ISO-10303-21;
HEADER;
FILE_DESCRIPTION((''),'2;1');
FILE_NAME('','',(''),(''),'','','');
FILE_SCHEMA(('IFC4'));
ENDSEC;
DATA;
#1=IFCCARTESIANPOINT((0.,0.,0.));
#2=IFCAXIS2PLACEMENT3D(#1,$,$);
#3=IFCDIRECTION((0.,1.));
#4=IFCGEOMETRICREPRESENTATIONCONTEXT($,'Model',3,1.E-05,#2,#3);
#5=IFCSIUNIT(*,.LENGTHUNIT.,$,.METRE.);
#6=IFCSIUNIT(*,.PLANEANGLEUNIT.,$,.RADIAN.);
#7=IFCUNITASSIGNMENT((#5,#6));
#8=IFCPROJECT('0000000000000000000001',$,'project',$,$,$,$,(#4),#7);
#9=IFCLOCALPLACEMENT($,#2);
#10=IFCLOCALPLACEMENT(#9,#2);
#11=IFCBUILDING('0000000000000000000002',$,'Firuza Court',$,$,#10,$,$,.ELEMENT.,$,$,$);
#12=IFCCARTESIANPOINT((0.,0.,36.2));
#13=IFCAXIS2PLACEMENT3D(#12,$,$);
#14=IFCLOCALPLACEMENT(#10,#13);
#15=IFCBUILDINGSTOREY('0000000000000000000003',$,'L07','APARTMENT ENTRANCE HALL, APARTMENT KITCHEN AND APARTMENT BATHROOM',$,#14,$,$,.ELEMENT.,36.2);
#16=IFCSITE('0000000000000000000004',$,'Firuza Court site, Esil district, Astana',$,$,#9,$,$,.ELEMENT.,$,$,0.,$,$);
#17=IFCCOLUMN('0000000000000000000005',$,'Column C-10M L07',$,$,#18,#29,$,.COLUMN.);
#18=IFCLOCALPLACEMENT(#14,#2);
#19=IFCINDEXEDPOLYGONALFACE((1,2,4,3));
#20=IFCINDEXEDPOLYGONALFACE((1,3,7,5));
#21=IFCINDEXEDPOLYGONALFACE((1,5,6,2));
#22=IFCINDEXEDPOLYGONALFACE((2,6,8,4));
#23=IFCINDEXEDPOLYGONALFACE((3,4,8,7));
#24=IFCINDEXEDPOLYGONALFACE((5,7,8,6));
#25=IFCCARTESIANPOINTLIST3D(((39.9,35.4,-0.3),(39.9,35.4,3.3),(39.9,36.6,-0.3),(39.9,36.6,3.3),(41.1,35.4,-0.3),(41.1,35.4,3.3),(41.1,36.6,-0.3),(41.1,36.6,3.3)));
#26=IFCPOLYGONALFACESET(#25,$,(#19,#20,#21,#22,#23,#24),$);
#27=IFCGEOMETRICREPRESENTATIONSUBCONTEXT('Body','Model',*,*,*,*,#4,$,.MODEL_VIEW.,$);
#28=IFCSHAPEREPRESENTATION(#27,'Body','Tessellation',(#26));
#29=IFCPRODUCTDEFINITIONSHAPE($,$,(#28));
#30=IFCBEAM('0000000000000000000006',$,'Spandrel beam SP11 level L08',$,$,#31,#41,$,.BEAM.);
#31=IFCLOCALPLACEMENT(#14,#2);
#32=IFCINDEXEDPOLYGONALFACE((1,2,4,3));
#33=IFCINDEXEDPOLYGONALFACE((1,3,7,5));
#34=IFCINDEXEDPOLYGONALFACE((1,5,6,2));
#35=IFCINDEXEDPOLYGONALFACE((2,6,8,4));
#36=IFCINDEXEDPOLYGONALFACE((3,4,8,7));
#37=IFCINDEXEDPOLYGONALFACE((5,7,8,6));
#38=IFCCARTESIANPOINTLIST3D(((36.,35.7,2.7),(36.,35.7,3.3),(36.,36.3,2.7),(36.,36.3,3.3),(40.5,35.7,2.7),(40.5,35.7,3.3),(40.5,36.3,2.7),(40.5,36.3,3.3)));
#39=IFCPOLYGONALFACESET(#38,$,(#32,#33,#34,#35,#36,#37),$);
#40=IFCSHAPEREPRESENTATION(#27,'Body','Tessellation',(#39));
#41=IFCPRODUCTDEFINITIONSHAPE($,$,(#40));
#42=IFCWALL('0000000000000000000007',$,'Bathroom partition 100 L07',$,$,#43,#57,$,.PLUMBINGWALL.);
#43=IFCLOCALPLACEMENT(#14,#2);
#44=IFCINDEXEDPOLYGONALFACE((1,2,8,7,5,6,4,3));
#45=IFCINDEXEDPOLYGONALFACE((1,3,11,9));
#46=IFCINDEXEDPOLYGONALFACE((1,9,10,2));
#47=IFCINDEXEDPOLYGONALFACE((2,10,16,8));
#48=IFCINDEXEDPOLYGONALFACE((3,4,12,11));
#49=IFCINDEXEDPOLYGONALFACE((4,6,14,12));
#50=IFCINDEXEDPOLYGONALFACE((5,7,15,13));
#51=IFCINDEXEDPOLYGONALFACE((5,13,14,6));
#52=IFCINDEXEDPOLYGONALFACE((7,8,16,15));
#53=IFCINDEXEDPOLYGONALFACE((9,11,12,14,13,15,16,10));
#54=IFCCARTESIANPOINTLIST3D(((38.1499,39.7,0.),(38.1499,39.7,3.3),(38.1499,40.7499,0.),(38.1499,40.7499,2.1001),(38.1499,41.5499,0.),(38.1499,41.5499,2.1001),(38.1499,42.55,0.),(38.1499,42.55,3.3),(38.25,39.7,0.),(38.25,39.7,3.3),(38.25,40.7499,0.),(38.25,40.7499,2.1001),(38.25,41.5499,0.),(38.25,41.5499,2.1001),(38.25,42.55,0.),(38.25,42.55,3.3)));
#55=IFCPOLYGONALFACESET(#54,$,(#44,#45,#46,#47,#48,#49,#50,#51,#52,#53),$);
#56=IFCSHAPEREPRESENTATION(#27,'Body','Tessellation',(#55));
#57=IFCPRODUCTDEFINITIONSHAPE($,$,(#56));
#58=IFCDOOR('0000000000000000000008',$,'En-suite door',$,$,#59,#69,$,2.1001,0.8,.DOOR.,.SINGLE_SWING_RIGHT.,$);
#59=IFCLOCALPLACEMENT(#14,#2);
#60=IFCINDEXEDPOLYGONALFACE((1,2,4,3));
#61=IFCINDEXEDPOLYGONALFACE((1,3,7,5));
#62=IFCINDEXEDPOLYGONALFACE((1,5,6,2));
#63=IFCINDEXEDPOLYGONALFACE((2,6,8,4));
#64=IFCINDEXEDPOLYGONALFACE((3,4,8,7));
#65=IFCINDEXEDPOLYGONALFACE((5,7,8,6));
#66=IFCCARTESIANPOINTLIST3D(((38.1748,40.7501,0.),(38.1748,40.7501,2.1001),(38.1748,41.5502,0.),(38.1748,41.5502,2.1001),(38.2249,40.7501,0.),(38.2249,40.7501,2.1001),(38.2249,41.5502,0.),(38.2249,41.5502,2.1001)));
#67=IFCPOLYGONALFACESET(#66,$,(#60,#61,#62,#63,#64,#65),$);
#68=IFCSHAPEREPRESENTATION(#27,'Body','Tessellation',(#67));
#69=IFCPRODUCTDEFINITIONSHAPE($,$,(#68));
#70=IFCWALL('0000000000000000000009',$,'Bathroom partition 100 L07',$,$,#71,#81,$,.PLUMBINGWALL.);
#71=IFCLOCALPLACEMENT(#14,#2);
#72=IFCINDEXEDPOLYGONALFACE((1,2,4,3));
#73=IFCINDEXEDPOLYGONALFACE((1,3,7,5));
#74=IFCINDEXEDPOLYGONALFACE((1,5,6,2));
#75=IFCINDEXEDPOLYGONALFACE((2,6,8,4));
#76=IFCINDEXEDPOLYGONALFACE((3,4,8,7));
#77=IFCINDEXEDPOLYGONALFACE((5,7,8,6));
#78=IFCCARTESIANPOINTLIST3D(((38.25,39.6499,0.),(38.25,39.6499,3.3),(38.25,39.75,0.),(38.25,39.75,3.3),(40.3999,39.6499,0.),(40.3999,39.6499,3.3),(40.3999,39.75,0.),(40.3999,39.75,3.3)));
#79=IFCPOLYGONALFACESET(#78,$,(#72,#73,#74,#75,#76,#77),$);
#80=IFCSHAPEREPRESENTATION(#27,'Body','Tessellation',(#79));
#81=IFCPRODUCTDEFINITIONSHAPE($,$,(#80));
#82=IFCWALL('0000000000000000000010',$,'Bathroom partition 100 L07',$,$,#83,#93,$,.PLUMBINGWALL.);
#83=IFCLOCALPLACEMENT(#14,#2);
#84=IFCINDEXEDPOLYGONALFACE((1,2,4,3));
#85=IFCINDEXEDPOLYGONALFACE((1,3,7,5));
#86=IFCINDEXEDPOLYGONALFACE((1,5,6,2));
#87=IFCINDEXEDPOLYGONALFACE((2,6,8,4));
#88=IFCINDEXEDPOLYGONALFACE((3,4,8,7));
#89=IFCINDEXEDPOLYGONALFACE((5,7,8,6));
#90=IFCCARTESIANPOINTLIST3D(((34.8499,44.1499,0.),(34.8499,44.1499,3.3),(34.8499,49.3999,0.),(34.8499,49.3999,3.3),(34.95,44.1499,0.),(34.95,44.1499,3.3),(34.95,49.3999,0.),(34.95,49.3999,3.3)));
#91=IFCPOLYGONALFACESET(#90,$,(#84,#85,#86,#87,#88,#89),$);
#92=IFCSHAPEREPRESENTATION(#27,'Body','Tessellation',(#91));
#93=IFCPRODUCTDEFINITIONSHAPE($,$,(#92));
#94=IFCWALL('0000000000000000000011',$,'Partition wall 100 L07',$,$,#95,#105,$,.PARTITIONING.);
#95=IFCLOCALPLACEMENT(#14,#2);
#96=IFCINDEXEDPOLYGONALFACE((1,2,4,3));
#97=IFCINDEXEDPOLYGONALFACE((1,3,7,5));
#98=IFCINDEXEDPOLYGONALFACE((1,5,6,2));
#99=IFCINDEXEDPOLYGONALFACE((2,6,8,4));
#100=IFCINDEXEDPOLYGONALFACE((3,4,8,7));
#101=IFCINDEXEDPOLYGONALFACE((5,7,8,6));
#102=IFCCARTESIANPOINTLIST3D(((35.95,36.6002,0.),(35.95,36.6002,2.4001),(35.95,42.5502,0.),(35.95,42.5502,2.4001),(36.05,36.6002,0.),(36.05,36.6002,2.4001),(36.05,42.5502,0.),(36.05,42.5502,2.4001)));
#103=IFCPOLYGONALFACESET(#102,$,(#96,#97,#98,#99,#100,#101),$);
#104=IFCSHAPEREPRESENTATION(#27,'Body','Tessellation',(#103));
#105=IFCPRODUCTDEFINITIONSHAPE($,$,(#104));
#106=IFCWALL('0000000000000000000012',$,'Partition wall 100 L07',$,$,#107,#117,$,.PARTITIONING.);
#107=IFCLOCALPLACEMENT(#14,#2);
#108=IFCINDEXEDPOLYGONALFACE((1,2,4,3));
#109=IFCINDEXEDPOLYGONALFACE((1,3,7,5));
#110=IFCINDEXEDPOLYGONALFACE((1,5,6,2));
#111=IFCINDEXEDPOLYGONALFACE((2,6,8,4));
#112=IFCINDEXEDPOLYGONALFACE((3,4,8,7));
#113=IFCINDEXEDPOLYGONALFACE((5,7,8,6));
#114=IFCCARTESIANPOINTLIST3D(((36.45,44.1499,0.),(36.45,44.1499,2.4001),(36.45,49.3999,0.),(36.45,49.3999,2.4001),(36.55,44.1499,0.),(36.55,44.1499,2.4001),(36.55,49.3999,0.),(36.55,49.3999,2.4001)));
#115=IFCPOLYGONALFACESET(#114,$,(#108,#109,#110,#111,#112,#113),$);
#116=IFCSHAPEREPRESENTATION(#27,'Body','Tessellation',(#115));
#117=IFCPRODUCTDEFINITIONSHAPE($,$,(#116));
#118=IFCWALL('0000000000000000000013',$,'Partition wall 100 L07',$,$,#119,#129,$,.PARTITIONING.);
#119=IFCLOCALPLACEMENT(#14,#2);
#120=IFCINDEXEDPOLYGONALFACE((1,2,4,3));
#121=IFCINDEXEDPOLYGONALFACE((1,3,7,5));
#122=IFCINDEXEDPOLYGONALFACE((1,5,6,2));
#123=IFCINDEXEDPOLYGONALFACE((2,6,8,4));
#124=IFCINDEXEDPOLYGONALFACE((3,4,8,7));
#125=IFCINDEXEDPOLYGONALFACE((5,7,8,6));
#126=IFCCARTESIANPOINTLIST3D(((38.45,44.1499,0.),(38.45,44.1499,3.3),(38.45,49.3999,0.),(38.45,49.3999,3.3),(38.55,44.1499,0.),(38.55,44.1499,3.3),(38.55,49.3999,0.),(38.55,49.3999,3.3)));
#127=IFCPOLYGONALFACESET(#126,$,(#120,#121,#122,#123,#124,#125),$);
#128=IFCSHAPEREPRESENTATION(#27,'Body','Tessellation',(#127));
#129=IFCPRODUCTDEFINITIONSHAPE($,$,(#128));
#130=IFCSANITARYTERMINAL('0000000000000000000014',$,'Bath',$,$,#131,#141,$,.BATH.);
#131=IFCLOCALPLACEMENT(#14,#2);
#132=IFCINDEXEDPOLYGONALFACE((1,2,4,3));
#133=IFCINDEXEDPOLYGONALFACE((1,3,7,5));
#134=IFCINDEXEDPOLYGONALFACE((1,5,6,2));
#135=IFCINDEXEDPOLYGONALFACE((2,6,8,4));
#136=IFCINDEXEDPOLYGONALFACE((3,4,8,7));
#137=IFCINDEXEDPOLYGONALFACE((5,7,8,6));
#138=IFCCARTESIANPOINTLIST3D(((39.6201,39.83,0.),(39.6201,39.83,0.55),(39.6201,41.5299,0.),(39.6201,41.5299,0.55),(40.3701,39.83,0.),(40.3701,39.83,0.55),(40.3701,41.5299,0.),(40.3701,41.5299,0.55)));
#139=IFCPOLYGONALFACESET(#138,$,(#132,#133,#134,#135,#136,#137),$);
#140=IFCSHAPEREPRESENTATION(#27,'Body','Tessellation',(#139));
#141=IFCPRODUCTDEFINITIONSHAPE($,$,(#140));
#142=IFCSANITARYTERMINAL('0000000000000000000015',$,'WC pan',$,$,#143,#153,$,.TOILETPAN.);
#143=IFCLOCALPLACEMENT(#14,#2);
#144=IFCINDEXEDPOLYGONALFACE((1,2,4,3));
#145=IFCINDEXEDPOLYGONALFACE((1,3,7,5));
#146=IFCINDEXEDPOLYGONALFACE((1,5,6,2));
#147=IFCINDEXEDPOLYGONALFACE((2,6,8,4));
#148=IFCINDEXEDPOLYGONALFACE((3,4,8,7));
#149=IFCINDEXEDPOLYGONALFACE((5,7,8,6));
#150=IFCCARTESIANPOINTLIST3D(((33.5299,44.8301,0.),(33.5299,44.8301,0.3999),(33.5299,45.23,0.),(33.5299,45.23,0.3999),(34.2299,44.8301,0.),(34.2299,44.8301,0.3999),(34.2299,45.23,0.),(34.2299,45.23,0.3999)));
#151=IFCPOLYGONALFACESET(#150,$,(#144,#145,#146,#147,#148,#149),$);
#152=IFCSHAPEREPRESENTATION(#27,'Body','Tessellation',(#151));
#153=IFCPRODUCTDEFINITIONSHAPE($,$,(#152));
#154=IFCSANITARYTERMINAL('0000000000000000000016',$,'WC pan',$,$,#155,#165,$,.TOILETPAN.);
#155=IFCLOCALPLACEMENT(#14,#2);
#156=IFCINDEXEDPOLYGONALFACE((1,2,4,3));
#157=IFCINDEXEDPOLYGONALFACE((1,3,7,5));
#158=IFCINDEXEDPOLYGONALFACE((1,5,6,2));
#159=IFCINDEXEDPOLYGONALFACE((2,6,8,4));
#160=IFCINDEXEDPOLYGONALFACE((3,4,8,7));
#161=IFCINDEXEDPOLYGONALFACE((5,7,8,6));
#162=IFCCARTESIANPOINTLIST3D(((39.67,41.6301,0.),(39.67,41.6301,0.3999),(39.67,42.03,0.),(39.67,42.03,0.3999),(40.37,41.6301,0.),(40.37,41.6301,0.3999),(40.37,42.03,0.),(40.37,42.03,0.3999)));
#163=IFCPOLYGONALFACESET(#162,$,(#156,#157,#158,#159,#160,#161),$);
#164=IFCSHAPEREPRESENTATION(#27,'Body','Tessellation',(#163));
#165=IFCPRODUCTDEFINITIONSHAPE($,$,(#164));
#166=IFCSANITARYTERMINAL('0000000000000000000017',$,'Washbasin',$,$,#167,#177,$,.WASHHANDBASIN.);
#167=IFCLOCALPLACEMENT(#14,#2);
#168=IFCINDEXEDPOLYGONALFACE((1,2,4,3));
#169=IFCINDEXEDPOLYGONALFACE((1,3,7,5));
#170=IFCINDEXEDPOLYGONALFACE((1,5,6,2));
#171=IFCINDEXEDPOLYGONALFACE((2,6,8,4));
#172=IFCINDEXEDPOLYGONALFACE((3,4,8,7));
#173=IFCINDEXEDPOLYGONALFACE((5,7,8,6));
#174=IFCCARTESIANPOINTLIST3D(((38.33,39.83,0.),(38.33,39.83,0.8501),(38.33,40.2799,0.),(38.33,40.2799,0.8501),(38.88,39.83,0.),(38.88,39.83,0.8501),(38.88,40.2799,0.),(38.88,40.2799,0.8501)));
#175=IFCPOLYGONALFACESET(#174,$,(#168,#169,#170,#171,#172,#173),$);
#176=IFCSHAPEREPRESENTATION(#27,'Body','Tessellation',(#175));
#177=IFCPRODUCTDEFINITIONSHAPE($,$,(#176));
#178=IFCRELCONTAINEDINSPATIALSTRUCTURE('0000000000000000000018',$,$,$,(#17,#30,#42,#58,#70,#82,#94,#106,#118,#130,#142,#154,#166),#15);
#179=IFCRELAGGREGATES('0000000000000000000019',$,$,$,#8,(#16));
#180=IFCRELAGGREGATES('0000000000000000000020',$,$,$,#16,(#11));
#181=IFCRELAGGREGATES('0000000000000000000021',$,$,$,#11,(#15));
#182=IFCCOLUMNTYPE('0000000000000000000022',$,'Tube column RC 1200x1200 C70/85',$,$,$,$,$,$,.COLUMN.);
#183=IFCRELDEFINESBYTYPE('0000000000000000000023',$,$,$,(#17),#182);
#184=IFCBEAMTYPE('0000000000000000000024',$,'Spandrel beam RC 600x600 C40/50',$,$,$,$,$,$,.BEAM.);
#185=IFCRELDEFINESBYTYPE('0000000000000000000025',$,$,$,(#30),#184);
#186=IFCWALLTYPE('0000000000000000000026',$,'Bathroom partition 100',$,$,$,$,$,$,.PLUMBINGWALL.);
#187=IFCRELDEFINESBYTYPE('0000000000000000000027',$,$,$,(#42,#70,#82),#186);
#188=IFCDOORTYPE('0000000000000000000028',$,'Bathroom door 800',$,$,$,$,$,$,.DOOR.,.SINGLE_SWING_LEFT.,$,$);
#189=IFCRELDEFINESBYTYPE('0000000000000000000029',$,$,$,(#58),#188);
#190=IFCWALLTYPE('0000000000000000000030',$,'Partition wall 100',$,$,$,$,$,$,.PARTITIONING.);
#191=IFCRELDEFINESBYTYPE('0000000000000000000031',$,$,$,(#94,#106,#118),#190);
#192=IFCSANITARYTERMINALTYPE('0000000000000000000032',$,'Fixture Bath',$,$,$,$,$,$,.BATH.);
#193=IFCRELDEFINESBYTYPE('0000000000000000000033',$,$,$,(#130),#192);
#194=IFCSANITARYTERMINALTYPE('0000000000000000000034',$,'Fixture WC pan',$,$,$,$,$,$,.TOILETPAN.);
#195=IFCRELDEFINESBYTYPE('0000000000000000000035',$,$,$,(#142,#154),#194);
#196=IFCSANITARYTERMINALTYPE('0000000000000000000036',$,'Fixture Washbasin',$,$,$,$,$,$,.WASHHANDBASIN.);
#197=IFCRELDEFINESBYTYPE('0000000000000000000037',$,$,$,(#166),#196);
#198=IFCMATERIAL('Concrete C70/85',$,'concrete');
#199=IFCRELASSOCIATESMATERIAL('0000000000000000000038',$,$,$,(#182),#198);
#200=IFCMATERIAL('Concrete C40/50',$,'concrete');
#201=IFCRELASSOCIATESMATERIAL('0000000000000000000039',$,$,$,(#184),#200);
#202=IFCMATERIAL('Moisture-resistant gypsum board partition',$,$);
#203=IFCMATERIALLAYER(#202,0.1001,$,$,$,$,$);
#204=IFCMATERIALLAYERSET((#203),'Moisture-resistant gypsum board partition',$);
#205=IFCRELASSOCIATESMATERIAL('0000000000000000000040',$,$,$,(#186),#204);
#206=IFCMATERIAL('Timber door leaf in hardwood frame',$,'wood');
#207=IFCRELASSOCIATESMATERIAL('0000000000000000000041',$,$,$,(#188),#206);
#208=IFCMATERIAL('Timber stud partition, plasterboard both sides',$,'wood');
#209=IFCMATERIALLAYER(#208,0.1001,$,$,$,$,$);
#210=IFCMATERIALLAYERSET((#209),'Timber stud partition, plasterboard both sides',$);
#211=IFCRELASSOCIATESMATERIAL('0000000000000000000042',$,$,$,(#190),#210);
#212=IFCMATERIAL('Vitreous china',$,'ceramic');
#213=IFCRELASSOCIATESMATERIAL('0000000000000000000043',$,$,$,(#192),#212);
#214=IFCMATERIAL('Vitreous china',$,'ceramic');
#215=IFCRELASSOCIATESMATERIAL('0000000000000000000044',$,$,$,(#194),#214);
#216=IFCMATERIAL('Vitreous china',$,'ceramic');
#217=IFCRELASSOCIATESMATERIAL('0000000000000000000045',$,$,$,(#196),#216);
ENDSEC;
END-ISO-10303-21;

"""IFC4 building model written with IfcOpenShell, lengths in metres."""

from ifc_helpers import new_model, si_unit, direction, frame, frame_2d, origin, origin_2d, place, context, subcontext, project, spatial, rectangle, extrude, material, layer, layer_set, material_profile, profile_set, type_object, element, fill, save


model = new_model("IFC4")

# Units and contexts
model_context = context("Model", 3, precision=1e-05, world=origin(), true_north=direction((0.0, 1.0)))
body_context = subcontext(model_context, "Body", "Model", "MODEL_VIEW")
ifc_project = project(units=[si_unit("LENGTHUNIT", "METRE"), si_unit("PLANEANGLEUNIT", "RADIAN")], contexts=[model_context])

# Site, building, storey
site_placement = place(None, origin())
site = spatial("IfcSite", under=ifc_project, at=site_placement, Name="Firuza Court site, Esil district, Astana", CompositionType="ELEMENT", RefElevation=0.0)
building_placement = place(site_placement, origin())
building = spatial("IfcBuilding", under=site, at=building_placement, Name="Firuza Court", CompositionType="ELEMENT")
storey_placement = place(building_placement, frame((0.0, 0.0, 36.2)))
storey = spatial("IfcBuildingStorey", under=building, at=storey_placement, Name="L07", Description="APARTMENT ENTRANCE HALL, APARTMENT KITCHEN AND APARTMENT BATHROOM", CompositionType="ELEMENT", Elevation=36.2)

# Column
ifc_material_1 = material(Name="Concrete C70/85", Category="concrete")
ifc_material_profile_1 = material_profile(ifc_material_1, rectangle(XDim=1.2, YDim=1.2, at=origin_2d()), Name="RC 1200x1200")
ifc_profile_set_1 = profile_set([ifc_material_profile_1], Name="Concrete C70/85")
column_type = type_object("IfcColumnType", Name="Tube column RC 1200x1200 C70/85", PredefinedType="COLUMN", material=ifc_profile_set_1)
column_placement = place(storey_placement, frame((40.5, 36.0, -0.3), z_axis=(0.0, 0.0, 1.0), x_axis=(1.0, 0.0, 0.0)))
element("IfcColumn", 1, at=column_placement, inside=storey, type_object=column_type, Name="Column C-10M L07", PredefinedType="COLUMN", context=body_context, shape_type="SweptSolid", body=[
    extrude(rectangle(XDim=1.2, YDim=1.2, at=origin_2d()), origin(), (0.0, 0.0, 1.0), 3.6001),
])

# Beam
ifc_material_2 = material(Name="Concrete C40/50", Category="concrete")
ifc_material_profile_2 = material_profile(ifc_material_2, rectangle(XDim=0.6001, YDim=0.6001, at=origin_2d()), Name="RC 600x600")
ifc_profile_set_2 = profile_set([ifc_material_profile_2], Name="Concrete C40/50")
beam_type = type_object("IfcBeamType", Name="Spandrel beam RC 600x600 C40/50", PredefinedType="BEAM", material=ifc_profile_set_2)
beam_placement = place(storey_placement, frame((36.0, 36.0, 3.0), z_axis=(1.0, 0.0, 0.0), x_axis=(0.0, 1.0, 0.0)))
element("IfcBeam", 2, at=beam_placement, inside=storey, type_object=beam_type, Name="Spandrel beam SP11 level L08", PredefinedType="BEAM", context=body_context, shape_type="SweptSolid", body=[
    extrude(rectangle(XDim=0.6001, YDim=0.6001, at=origin_2d()), origin(), (0.0, 0.0, 1.0), 4.5),
])

# Wall, opening, door
ifc_material_3 = material(Name="Moisture-resistant gypsum board partition")
ifc_layer_1 = layer(ifc_material_3, 0.1001)
ifc_layer_set_1 = layer_set([ifc_layer_1], Name="Moisture-resistant gypsum board partition")
wall_type_1 = type_object("IfcWallType", Name="Bathroom partition 100", PredefinedType="PLUMBINGWALL", material=ifc_layer_set_1)
wall_1_placement = place(storey_placement, frame((38.2, 39.7, 0.0), z_axis=(0.0, 0.0, 1.0), x_axis=(0.0, 1.0, 0.0)))
wall_1 = element("IfcWall", 3, at=wall_1_placement, inside=storey, type_object=wall_type_1, Name="Bathroom partition 100 L07", PredefinedType="PLUMBINGWALL", context=body_context, shape_type="SweptSolid", body=[
    extrude(rectangle(XDim=2.8501, YDim=0.1001, at=frame_2d((1.425, 0.0))), origin(), (0.0, 0.0, 1.0), 3.3),
])
opening_placement = place(wall_1_placement, frame((1.05, 0.0, 0.0)))
opening = element("IfcOpeningElement", 4, at=opening_placement, cuts=wall_1, PredefinedType="OPENING", context=body_context, shape_type="SweptSolid", body=[
    extrude(rectangle(XDim=0.8, YDim=2.1001, at=frame_2d((0.3999, 1.05))), frame((0.0, 0.062, 0.0), z_axis=(0.0, -1.0, 0.0), x_axis=(1.0, 0.0, 0.0)), (0.0, 0.0, 1.0), 0.124),
])
ifc_material_4 = material(Name="Timber door leaf in hardwood frame", Category="wood")
door_type = type_object("IfcDoorType", Name="Bathroom door 800", OperationType="SINGLE_SWING_LEFT", PredefinedType="DOOR", material=ifc_material_4)
door_placement = place(opening_placement, frame((0.8, 0.0, 0.0), z_axis=(0.0, 0.0, 1.0), x_axis=(-1.0, 0.0, 0.0)))
door = element("IfcDoor", 5, at=door_placement, inside=storey, type_object=door_type, Name="En-suite door", OperationType="SINGLE_SWING_RIGHT", OverallHeight=2.1001, OverallWidth=0.8, PredefinedType="DOOR", context=body_context, shape_type="SweptSolid", body=[
    extrude(rectangle(XDim=0.8, YDim=2.1001, at=frame_2d((0.3999, 1.05))), frame((0.0, 0.0249, 0.0), z_axis=(0.0, -1.0, 0.0), x_axis=(1.0, 0.0, 0.0)), (0.0, 0.0, 1.0), 0.05),
])
fill(opening, door)

# Walls
wall_2_placement = place(storey_placement, frame((38.25, 39.7, 0.0), z_axis=(0.0, 0.0, 1.0), x_axis=(1.0, 0.0, 0.0)))
element("IfcWall", 6, at=wall_2_placement, inside=storey, type_object=wall_type_1, Name="Bathroom partition 100 L07", PredefinedType="PLUMBINGWALL", context=body_context, shape_type="SweptSolid", body=[
    extrude(rectangle(XDim=2.1499, YDim=0.1001, at=frame_2d((1.075, 0.0))), origin(), (0.0, 0.0, 1.0), 3.3),
])
wall_3_placement = place(storey_placement, frame((34.8999, 44.1499, 0.0), z_axis=(0.0, 0.0, 1.0), x_axis=(0.0, 1.0, 0.0)))
element("IfcWall", 7, at=wall_3_placement, inside=storey, type_object=wall_type_1, Name="Bathroom partition 100 L07", PredefinedType="PLUMBINGWALL", context=body_context, shape_type="SweptSolid", body=[
    extrude(rectangle(XDim=5.25, YDim=0.1001, at=frame_2d((2.625, 0.0))), origin(), (0.0, 0.0, 1.0), 3.3),
])
ifc_material_5 = material(Name="Timber stud partition, plasterboard both sides", Category="wood")
ifc_layer_2 = layer(ifc_material_5, 0.1001)
ifc_layer_set_2 = layer_set([ifc_layer_2], Name="Timber stud partition, plasterboard both sides")
wall_type_2 = type_object("IfcWallType", Name="Partition wall 100", PredefinedType="PARTITIONING", material=ifc_layer_set_2)
wall_4_placement = place(storey_placement, frame((36.0, 36.6001, 0.0), z_axis=(0.0, 0.0, 1.0), x_axis=(0.0, 1.0, 0.0)))
element("IfcWall", 8, at=wall_4_placement, inside=storey, type_object=wall_type_2, Name="Partition wall 100 L07", PredefinedType="PARTITIONING", context=body_context, shape_type="SweptSolid", body=[
    extrude(rectangle(XDim=5.95, YDim=0.1001, at=frame_2d((2.9751, 0.0))), origin(), (0.0, 0.0, 1.0), 2.4001),
])
wall_5_placement = place(storey_placement, frame((36.5, 44.1499, 0.0), z_axis=(0.0, 0.0, 1.0), x_axis=(0.0, 1.0, 0.0)))
element("IfcWall", 9, at=wall_5_placement, inside=storey, type_object=wall_type_2, Name="Partition wall 100 L07", PredefinedType="PARTITIONING", context=body_context, shape_type="SweptSolid", body=[
    extrude(rectangle(XDim=5.25, YDim=0.1001, at=frame_2d((2.625, 0.0))), origin(), (0.0, 0.0, 1.0), 2.4001),
])
wall_6_placement = place(storey_placement, frame((38.5, 44.1499, 0.0), z_axis=(0.0, 0.0, 1.0), x_axis=(0.0, 1.0, 0.0)))
element("IfcWall", 10, at=wall_6_placement, inside=storey, type_object=wall_type_2, Name="Partition wall 100 L07", PredefinedType="PARTITIONING", context=body_context, shape_type="SweptSolid", body=[
    extrude(rectangle(XDim=5.25, YDim=0.1001, at=frame_2d((2.625, 0.0))), origin(), (0.0, 0.0, 1.0), 3.3),
])

# Sanitary terminals
ifc_material_6 = material(Name="Vitreous china", Category="ceramic")
sanitary_terminal_type_1 = type_object("IfcSanitaryTerminalType", Name="Fixture Bath", PredefinedType="BATH", material=ifc_material_6)
sanitary_terminal_1_placement = place(storey_placement, frame((39.9951, 40.6799, 0.0), z_axis=(0.0, 0.0, 1.0), x_axis=(1.0, 0.0, 0.0)))
element("IfcSanitaryTerminal", 11, at=sanitary_terminal_1_placement, inside=storey, type_object=sanitary_terminal_type_1, Name="Bath", PredefinedType="BATH", context=body_context, shape_type="SweptSolid", body=[
    extrude(rectangle(XDim=0.75, YDim=1.7, at=origin_2d()), origin(), (0.0, 0.0, 1.0), 0.55),
])
ifc_material_7 = material(Name="Vitreous china", Category="ceramic")
sanitary_terminal_type_2 = type_object("IfcSanitaryTerminalType", Name="Fixture WC pan", PredefinedType="TOILETPAN", material=ifc_material_7)
for number, where, z_axis, x_axis, name in (
    (12, (33.8799, 45.03, 0.0), (0.0, 0.0, 1.0), (1.0, 0.0, 0.0), "WC pan"),
    (13, (40.02, 41.8301, 0.0), (0.0, 0.0, 1.0), (1.0, 0.0, 0.0), "WC pan"),
):
    element("IfcSanitaryTerminal", number, at=place(storey_placement, frame(where, z_axis=z_axis, x_axis=x_axis)), inside=storey, type_object=sanitary_terminal_type_2, Name=name, PredefinedType="TOILETPAN", context=body_context, shape_type="SweptSolid", body=[
        extrude(rectangle(XDim=0.7, YDim=0.3999, at=origin_2d()), origin(), (0.0, 0.0, 1.0), 0.3999),
    ])
ifc_material_8 = material(Name="Vitreous china", Category="ceramic")
sanitary_terminal_type_3 = type_object("IfcSanitaryTerminalType", Name="Fixture Washbasin", PredefinedType="WASHHANDBASIN", material=ifc_material_8)
sanitary_terminal_2_placement = place(storey_placement, frame((38.605, 40.0549, 0.0), z_axis=(0.0, 0.0, 1.0), x_axis=(1.0, 0.0, 0.0)))
element("IfcSanitaryTerminal", 14, at=sanitary_terminal_2_placement, inside=storey, type_object=sanitary_terminal_type_3, Name="Washbasin", PredefinedType="WASHHANDBASIN", context=body_context, shape_type="SweptSolid", body=[
    extrude(rectangle(XDim=0.55, YDim=0.45, at=origin_2d()), origin(), (0.0, 0.0, 1.0), 0.8501),
])

save(model, "model.ifc")
